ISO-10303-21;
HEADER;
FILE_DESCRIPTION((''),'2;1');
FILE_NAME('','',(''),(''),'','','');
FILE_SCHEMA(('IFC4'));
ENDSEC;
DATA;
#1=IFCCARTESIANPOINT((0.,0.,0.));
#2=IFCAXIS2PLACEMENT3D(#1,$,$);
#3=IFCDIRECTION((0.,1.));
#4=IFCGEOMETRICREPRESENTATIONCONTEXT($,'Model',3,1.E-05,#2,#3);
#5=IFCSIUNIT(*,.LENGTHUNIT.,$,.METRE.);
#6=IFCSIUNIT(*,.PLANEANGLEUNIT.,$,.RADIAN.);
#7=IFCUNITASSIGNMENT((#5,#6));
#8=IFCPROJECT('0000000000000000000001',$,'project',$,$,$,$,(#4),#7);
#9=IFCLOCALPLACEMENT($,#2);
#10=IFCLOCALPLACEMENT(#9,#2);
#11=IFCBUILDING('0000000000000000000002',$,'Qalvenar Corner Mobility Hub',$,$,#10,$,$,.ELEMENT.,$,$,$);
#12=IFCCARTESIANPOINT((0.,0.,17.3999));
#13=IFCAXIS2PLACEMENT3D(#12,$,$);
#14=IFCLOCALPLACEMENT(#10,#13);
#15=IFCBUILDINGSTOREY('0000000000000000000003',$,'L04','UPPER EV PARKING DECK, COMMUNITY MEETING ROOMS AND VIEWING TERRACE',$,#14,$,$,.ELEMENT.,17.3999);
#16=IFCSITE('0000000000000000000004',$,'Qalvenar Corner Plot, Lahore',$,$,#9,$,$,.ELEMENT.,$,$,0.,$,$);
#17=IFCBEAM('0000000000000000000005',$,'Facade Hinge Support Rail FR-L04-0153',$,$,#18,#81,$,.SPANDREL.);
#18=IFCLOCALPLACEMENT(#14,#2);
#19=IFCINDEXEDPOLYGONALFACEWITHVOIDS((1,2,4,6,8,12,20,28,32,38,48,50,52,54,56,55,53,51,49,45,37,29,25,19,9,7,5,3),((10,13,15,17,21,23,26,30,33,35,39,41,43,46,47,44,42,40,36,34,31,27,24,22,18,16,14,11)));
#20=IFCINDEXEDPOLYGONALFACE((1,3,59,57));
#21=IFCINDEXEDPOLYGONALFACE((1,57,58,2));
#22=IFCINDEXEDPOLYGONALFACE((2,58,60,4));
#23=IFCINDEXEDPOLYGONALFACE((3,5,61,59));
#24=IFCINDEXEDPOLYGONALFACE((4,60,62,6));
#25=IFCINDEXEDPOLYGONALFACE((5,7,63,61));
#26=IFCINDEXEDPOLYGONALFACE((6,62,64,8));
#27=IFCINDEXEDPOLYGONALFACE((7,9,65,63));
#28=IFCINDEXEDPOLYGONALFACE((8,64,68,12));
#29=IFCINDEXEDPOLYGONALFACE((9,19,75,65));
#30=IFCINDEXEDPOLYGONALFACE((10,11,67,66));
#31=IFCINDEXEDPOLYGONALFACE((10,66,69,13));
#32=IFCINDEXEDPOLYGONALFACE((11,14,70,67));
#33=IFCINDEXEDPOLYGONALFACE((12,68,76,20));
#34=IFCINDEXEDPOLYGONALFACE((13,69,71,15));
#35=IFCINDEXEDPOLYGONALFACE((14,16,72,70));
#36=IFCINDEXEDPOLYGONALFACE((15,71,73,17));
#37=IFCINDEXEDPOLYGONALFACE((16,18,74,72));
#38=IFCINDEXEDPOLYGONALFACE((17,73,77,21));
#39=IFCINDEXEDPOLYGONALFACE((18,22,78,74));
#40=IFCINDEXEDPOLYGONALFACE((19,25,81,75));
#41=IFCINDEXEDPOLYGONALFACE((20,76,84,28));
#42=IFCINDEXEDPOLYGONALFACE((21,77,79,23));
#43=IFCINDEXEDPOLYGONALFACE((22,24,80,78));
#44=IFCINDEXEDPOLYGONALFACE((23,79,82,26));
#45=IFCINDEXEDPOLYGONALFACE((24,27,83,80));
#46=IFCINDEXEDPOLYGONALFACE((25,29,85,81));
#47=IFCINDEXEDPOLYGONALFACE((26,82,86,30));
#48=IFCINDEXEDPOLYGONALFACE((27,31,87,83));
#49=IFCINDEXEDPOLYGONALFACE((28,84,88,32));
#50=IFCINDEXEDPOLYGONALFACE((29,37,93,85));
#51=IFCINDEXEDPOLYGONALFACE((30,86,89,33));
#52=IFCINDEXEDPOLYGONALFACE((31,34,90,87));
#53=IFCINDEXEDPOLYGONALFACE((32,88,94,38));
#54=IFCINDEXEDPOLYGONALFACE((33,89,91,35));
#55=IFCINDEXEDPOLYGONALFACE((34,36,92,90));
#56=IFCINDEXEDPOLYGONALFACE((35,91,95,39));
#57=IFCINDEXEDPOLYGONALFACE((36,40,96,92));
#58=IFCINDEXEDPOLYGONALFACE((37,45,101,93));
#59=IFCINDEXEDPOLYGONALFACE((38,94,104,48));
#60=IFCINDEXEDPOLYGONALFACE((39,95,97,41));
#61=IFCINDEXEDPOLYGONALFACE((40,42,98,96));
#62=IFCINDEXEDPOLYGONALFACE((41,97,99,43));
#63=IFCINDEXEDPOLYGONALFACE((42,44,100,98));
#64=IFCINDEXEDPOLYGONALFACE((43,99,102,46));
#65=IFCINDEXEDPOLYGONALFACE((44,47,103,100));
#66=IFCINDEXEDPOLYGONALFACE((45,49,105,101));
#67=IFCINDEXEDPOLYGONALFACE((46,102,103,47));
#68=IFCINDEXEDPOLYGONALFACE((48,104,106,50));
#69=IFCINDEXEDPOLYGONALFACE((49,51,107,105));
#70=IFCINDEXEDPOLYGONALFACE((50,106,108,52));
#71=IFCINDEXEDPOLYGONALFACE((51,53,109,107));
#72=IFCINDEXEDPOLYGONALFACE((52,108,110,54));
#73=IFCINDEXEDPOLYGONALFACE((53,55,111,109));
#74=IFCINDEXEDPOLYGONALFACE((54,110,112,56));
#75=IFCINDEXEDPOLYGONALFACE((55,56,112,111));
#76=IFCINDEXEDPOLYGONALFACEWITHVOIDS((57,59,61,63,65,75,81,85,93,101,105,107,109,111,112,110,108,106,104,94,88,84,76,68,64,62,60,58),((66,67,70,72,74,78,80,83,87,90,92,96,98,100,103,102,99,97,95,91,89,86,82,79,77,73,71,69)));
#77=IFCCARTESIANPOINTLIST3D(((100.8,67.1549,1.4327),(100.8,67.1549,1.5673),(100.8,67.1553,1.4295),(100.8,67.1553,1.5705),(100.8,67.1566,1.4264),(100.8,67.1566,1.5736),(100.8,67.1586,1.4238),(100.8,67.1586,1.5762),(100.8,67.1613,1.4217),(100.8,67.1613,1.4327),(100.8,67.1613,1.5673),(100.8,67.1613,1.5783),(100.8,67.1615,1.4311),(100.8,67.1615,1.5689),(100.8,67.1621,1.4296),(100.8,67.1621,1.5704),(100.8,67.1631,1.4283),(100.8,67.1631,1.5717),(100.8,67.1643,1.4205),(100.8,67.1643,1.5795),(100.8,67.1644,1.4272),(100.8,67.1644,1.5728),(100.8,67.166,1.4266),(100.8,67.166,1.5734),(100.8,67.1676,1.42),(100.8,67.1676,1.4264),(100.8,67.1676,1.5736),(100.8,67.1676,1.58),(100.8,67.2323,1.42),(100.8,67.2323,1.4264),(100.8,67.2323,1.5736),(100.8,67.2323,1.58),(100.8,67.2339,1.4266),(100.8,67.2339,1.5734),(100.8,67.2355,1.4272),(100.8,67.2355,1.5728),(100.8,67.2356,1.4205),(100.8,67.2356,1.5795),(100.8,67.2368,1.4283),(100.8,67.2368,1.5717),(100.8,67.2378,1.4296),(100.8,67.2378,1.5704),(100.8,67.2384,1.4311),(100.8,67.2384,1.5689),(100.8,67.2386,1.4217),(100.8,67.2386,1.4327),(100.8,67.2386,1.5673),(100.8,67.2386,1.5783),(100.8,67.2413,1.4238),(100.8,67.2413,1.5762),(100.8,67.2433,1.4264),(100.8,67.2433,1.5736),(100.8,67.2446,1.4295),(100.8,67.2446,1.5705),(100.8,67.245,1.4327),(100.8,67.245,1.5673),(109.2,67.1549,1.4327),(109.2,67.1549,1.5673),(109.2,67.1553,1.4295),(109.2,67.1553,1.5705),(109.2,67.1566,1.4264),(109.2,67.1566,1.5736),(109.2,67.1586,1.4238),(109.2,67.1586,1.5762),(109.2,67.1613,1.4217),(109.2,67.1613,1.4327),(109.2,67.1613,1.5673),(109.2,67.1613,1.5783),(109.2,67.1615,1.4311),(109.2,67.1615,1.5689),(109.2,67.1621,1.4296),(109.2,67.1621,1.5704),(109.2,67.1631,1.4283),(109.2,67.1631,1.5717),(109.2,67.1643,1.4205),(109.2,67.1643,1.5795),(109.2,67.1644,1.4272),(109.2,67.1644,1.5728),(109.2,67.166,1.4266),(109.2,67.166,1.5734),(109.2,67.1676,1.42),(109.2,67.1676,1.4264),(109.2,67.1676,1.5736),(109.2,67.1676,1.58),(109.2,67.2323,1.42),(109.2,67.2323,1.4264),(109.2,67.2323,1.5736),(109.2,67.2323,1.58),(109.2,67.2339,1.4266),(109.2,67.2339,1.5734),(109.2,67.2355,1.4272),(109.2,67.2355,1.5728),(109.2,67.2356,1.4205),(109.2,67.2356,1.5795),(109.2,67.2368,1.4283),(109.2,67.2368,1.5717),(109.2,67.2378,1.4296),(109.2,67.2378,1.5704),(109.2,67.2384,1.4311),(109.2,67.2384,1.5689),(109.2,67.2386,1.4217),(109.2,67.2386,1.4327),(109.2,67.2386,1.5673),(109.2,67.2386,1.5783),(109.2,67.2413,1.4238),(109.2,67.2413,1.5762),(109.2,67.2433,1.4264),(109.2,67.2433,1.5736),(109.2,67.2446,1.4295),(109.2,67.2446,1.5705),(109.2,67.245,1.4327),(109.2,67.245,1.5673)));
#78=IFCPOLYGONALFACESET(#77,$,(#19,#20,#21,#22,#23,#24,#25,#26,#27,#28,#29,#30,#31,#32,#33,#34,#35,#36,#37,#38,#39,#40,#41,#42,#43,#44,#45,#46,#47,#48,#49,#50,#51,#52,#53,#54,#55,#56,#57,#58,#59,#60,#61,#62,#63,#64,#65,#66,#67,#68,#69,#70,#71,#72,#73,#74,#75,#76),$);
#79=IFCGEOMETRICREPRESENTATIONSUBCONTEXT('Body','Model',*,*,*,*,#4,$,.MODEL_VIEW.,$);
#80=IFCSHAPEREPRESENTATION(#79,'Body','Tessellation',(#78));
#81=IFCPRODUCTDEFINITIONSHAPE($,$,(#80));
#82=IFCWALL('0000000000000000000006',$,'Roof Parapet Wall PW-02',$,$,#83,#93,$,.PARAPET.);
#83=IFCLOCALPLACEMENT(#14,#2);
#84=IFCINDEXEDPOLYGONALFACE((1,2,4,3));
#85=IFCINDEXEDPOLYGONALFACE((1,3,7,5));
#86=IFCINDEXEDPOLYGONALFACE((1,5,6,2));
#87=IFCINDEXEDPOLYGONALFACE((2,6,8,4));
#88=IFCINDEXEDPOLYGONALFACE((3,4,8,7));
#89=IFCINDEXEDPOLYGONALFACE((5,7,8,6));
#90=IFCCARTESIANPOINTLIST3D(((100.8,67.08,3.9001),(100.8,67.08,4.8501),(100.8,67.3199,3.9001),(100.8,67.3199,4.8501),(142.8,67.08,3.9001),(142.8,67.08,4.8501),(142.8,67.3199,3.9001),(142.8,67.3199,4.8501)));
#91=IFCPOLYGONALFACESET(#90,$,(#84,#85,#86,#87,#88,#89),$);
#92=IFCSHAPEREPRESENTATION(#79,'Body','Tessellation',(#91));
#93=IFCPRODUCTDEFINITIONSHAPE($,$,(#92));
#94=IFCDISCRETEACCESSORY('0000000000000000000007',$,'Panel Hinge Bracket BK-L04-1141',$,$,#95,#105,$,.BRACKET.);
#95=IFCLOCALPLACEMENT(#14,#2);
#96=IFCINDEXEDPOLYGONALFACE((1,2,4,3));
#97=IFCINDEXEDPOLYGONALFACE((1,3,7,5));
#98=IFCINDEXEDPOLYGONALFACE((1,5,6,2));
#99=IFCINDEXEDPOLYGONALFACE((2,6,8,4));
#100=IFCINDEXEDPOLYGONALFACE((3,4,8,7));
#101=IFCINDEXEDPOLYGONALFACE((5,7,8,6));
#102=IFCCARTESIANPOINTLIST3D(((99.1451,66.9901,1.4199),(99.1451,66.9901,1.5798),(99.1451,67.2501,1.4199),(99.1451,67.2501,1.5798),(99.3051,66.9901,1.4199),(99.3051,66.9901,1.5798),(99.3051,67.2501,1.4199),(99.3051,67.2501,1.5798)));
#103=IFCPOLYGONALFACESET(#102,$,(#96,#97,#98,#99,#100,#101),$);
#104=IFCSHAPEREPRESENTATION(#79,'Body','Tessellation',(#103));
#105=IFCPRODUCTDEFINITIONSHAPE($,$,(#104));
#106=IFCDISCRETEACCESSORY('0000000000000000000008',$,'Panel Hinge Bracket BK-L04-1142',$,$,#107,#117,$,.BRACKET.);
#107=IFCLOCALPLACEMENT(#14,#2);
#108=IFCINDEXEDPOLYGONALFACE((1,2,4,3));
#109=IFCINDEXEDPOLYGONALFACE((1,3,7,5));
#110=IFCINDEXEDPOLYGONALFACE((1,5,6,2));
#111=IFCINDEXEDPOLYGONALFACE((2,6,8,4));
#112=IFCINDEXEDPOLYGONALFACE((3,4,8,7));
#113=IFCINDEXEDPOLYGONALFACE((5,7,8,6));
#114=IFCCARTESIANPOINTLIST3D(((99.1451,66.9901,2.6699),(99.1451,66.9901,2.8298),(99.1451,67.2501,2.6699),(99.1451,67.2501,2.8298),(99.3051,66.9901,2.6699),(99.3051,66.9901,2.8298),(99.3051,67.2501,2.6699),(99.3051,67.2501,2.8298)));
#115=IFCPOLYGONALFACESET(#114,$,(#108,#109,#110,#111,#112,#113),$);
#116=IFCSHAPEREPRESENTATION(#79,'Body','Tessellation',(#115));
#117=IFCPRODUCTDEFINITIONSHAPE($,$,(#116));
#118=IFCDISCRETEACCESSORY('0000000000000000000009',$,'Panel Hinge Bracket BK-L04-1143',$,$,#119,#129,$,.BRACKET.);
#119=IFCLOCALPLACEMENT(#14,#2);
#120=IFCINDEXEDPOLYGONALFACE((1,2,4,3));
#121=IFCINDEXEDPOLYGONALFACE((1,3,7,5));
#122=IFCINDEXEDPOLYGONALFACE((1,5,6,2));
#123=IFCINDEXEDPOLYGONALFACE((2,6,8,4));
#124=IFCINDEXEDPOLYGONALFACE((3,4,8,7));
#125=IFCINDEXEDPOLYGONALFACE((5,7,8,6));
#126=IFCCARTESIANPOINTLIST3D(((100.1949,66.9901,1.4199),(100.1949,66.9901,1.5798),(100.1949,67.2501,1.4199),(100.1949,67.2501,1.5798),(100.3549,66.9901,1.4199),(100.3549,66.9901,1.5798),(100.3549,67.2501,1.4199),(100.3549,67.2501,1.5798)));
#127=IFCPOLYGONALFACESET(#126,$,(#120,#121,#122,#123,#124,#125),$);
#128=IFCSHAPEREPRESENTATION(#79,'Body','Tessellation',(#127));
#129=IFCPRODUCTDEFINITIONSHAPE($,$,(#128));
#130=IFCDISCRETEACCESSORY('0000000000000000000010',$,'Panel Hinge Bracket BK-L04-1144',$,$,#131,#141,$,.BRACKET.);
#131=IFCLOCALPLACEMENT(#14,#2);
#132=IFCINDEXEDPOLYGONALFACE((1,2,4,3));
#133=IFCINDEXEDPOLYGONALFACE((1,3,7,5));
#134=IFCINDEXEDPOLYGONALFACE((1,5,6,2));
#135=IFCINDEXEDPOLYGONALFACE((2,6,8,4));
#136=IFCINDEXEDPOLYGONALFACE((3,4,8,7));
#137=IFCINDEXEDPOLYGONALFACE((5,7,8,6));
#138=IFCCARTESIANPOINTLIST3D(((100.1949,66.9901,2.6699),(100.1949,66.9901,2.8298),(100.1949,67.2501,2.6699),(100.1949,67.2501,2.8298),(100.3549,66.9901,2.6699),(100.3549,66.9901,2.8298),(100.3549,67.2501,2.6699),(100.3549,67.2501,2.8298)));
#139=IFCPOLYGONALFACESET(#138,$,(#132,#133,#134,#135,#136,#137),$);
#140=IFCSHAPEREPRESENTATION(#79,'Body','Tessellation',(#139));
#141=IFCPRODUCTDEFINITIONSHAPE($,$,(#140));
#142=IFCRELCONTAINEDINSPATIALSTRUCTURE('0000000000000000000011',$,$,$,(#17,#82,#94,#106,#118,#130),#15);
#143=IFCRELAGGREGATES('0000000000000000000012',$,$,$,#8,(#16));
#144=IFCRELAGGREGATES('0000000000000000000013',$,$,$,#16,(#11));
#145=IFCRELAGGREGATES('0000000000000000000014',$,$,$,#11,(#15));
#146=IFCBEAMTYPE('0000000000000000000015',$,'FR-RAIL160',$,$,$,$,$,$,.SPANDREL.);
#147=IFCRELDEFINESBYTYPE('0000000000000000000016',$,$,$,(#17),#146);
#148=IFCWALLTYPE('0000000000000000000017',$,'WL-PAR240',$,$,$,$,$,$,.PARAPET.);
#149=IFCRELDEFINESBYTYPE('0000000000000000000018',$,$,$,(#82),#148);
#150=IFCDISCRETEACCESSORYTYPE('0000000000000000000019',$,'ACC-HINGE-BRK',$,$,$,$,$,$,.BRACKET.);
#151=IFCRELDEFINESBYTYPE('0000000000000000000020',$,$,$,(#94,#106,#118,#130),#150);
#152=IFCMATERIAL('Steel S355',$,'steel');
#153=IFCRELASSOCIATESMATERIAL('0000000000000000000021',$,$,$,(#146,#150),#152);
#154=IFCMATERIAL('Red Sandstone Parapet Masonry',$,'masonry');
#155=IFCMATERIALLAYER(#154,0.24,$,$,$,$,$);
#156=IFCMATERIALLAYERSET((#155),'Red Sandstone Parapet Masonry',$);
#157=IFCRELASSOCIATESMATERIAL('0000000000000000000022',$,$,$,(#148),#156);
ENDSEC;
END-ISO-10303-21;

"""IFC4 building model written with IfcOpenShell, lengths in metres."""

from ifc_helpers import new_model, si_unit, direction, frame, frame_2d, origin, origin_2d, place, context, subcontext, project, spatial, rectangle, hollow_rectangle, extrude, material, layer, layer_set, material_profile, profile_set, type_object, element, save


model = new_model("IFC4")

# Units and contexts
model_context = context("Model", 3, precision=1e-05, world=origin(), true_north=direction((0.0, 1.0)))
body_context = subcontext(model_context, "Body", "Model", "MODEL_VIEW")
ifc_project = project(units=[si_unit("LENGTHUNIT", "METRE"), si_unit("PLANEANGLEUNIT", "RADIAN")], contexts=[model_context])

# Site, building, storey
site_placement = place(None, origin())
site = spatial("IfcSite", under=ifc_project, at=site_placement, Name="Qalvenar Corner Plot, Lahore", CompositionType="ELEMENT", RefElevation=0.0)
building_placement = place(site_placement, origin())
building = spatial("IfcBuilding", under=site, at=building_placement, Name="Qalvenar Corner Mobility Hub", CompositionType="ELEMENT")
storey_placement = place(building_placement, frame((0.0, 0.0, 17.3999)))
storey = spatial("IfcBuildingStorey", under=building, at=storey_placement, Name="L04", Description="UPPER EV PARKING DECK, COMMUNITY MEETING ROOMS AND VIEWING TERRACE", CompositionType="ELEMENT", Elevation=17.3999)

# Shared definitions
ifc_material_1 = material(Name="Steel S355", Category="steel")

# Beam
ifc_material_profile_1 = material_profile(ifc_material_1, hollow_rectangle(XDim=0.0901, YDim=0.1599, WallThickness=0.0063, InnerFilletRadius=0.0063, OuterFilletRadius=0.0127, at=origin_2d()), Name="RHS160x90x6.3")
ifc_profile_set_1 = profile_set([ifc_material_profile_1], Name="Steel S355")
beam_type_1 = type_object("IfcBeamType", Name="FR-RAIL160", PredefinedType="SPANDREL", material=ifc_profile_set_1)
beam_1_placement = place(storey_placement, frame((100.8, 67.2, 1.5), z_axis=(1.0, 0.0, 0.0), x_axis=(0.0, 1.0, 0.0)))
element("IfcBeam", 1, at=beam_1_placement, inside=storey, type_object=beam_type_1, Name="Facade Hinge Support Rail FR-L04-0153", PredefinedType="SPANDREL", context=body_context, shape_type="SweptSolid", body=[
    extrude(hollow_rectangle(XDim=0.0901, YDim=0.1599, WallThickness=0.0063, InnerFilletRadius=0.0063, OuterFilletRadius=0.0127, at=origin_2d()), origin(), (0.0, 0.0, 1.0), 8.3999),
])

# Wall
ifc_material_2 = material(Name="Red Sandstone Parapet Masonry", Category="masonry")
ifc_layer = layer(ifc_material_2, 0.24)
ifc_layer_set = layer_set([ifc_layer], Name="Red Sandstone Parapet Masonry")
wall_type = type_object("IfcWallType", Name="WL-PAR240", PredefinedType="PARAPET", material=ifc_layer_set)
wall_placement = place(storey_placement, frame((100.8, 67.2, 3.9001), z_axis=(0.0, 0.0, 1.0), x_axis=(1.0, 0.0, 0.0)))
element("IfcWall", 2, at=wall_placement, inside=storey, type_object=wall_type, Name="Roof Parapet Wall PW-02", PredefinedType="PARAPET", context=body_context, shape_type="SweptSolid", body=[
    extrude(rectangle(XDim=42.0, YDim=0.24, at=frame_2d((21.0, 0.0))), origin(), (0.0, 0.0, 1.0), 0.95),
])

# Discrete accessories
discrete_accessory_type = type_object("IfcDiscreteAccessoryType", Name="ACC-HINGE-BRK", PredefinedType="BRACKET", material=ifc_material_1)
for number, where, z_axis, x_axis, name in (
    (3, (99.2251, 67.1201, 1.4199), (0.0, 0.0, 1.0), (1.0, 0.0, 0.0), "Panel Hinge Bracket BK-L04-1141"),
    (4, (99.2251, 67.1201, 2.6699), (0.0, 0.0, 1.0), (1.0, 0.0, 0.0), "Panel Hinge Bracket BK-L04-1142"),
    (5, (100.2749, 67.1201, 1.4199), (0.0, 0.0, 1.0), (1.0, 0.0, 0.0), "Panel Hinge Bracket BK-L04-1143"),
    (6, (100.2749, 67.1201, 2.6699), (0.0, 0.0, 1.0), (1.0, 0.0, 0.0), "Panel Hinge Bracket BK-L04-1144"),
):
    element("IfcDiscreteAccessory", number, at=place(storey_placement, frame(where, z_axis=z_axis, x_axis=x_axis)), inside=storey, type_object=discrete_accessory_type, Name=name, PredefinedType="BRACKET", context=body_context, shape_type="SweptSolid", body=[
        extrude(rectangle(XDim=0.1599, YDim=0.26, at=origin_2d()), origin(), (0.0, 0.0, 1.0), 0.1599),
    ])

save(model, "model.ifc")
